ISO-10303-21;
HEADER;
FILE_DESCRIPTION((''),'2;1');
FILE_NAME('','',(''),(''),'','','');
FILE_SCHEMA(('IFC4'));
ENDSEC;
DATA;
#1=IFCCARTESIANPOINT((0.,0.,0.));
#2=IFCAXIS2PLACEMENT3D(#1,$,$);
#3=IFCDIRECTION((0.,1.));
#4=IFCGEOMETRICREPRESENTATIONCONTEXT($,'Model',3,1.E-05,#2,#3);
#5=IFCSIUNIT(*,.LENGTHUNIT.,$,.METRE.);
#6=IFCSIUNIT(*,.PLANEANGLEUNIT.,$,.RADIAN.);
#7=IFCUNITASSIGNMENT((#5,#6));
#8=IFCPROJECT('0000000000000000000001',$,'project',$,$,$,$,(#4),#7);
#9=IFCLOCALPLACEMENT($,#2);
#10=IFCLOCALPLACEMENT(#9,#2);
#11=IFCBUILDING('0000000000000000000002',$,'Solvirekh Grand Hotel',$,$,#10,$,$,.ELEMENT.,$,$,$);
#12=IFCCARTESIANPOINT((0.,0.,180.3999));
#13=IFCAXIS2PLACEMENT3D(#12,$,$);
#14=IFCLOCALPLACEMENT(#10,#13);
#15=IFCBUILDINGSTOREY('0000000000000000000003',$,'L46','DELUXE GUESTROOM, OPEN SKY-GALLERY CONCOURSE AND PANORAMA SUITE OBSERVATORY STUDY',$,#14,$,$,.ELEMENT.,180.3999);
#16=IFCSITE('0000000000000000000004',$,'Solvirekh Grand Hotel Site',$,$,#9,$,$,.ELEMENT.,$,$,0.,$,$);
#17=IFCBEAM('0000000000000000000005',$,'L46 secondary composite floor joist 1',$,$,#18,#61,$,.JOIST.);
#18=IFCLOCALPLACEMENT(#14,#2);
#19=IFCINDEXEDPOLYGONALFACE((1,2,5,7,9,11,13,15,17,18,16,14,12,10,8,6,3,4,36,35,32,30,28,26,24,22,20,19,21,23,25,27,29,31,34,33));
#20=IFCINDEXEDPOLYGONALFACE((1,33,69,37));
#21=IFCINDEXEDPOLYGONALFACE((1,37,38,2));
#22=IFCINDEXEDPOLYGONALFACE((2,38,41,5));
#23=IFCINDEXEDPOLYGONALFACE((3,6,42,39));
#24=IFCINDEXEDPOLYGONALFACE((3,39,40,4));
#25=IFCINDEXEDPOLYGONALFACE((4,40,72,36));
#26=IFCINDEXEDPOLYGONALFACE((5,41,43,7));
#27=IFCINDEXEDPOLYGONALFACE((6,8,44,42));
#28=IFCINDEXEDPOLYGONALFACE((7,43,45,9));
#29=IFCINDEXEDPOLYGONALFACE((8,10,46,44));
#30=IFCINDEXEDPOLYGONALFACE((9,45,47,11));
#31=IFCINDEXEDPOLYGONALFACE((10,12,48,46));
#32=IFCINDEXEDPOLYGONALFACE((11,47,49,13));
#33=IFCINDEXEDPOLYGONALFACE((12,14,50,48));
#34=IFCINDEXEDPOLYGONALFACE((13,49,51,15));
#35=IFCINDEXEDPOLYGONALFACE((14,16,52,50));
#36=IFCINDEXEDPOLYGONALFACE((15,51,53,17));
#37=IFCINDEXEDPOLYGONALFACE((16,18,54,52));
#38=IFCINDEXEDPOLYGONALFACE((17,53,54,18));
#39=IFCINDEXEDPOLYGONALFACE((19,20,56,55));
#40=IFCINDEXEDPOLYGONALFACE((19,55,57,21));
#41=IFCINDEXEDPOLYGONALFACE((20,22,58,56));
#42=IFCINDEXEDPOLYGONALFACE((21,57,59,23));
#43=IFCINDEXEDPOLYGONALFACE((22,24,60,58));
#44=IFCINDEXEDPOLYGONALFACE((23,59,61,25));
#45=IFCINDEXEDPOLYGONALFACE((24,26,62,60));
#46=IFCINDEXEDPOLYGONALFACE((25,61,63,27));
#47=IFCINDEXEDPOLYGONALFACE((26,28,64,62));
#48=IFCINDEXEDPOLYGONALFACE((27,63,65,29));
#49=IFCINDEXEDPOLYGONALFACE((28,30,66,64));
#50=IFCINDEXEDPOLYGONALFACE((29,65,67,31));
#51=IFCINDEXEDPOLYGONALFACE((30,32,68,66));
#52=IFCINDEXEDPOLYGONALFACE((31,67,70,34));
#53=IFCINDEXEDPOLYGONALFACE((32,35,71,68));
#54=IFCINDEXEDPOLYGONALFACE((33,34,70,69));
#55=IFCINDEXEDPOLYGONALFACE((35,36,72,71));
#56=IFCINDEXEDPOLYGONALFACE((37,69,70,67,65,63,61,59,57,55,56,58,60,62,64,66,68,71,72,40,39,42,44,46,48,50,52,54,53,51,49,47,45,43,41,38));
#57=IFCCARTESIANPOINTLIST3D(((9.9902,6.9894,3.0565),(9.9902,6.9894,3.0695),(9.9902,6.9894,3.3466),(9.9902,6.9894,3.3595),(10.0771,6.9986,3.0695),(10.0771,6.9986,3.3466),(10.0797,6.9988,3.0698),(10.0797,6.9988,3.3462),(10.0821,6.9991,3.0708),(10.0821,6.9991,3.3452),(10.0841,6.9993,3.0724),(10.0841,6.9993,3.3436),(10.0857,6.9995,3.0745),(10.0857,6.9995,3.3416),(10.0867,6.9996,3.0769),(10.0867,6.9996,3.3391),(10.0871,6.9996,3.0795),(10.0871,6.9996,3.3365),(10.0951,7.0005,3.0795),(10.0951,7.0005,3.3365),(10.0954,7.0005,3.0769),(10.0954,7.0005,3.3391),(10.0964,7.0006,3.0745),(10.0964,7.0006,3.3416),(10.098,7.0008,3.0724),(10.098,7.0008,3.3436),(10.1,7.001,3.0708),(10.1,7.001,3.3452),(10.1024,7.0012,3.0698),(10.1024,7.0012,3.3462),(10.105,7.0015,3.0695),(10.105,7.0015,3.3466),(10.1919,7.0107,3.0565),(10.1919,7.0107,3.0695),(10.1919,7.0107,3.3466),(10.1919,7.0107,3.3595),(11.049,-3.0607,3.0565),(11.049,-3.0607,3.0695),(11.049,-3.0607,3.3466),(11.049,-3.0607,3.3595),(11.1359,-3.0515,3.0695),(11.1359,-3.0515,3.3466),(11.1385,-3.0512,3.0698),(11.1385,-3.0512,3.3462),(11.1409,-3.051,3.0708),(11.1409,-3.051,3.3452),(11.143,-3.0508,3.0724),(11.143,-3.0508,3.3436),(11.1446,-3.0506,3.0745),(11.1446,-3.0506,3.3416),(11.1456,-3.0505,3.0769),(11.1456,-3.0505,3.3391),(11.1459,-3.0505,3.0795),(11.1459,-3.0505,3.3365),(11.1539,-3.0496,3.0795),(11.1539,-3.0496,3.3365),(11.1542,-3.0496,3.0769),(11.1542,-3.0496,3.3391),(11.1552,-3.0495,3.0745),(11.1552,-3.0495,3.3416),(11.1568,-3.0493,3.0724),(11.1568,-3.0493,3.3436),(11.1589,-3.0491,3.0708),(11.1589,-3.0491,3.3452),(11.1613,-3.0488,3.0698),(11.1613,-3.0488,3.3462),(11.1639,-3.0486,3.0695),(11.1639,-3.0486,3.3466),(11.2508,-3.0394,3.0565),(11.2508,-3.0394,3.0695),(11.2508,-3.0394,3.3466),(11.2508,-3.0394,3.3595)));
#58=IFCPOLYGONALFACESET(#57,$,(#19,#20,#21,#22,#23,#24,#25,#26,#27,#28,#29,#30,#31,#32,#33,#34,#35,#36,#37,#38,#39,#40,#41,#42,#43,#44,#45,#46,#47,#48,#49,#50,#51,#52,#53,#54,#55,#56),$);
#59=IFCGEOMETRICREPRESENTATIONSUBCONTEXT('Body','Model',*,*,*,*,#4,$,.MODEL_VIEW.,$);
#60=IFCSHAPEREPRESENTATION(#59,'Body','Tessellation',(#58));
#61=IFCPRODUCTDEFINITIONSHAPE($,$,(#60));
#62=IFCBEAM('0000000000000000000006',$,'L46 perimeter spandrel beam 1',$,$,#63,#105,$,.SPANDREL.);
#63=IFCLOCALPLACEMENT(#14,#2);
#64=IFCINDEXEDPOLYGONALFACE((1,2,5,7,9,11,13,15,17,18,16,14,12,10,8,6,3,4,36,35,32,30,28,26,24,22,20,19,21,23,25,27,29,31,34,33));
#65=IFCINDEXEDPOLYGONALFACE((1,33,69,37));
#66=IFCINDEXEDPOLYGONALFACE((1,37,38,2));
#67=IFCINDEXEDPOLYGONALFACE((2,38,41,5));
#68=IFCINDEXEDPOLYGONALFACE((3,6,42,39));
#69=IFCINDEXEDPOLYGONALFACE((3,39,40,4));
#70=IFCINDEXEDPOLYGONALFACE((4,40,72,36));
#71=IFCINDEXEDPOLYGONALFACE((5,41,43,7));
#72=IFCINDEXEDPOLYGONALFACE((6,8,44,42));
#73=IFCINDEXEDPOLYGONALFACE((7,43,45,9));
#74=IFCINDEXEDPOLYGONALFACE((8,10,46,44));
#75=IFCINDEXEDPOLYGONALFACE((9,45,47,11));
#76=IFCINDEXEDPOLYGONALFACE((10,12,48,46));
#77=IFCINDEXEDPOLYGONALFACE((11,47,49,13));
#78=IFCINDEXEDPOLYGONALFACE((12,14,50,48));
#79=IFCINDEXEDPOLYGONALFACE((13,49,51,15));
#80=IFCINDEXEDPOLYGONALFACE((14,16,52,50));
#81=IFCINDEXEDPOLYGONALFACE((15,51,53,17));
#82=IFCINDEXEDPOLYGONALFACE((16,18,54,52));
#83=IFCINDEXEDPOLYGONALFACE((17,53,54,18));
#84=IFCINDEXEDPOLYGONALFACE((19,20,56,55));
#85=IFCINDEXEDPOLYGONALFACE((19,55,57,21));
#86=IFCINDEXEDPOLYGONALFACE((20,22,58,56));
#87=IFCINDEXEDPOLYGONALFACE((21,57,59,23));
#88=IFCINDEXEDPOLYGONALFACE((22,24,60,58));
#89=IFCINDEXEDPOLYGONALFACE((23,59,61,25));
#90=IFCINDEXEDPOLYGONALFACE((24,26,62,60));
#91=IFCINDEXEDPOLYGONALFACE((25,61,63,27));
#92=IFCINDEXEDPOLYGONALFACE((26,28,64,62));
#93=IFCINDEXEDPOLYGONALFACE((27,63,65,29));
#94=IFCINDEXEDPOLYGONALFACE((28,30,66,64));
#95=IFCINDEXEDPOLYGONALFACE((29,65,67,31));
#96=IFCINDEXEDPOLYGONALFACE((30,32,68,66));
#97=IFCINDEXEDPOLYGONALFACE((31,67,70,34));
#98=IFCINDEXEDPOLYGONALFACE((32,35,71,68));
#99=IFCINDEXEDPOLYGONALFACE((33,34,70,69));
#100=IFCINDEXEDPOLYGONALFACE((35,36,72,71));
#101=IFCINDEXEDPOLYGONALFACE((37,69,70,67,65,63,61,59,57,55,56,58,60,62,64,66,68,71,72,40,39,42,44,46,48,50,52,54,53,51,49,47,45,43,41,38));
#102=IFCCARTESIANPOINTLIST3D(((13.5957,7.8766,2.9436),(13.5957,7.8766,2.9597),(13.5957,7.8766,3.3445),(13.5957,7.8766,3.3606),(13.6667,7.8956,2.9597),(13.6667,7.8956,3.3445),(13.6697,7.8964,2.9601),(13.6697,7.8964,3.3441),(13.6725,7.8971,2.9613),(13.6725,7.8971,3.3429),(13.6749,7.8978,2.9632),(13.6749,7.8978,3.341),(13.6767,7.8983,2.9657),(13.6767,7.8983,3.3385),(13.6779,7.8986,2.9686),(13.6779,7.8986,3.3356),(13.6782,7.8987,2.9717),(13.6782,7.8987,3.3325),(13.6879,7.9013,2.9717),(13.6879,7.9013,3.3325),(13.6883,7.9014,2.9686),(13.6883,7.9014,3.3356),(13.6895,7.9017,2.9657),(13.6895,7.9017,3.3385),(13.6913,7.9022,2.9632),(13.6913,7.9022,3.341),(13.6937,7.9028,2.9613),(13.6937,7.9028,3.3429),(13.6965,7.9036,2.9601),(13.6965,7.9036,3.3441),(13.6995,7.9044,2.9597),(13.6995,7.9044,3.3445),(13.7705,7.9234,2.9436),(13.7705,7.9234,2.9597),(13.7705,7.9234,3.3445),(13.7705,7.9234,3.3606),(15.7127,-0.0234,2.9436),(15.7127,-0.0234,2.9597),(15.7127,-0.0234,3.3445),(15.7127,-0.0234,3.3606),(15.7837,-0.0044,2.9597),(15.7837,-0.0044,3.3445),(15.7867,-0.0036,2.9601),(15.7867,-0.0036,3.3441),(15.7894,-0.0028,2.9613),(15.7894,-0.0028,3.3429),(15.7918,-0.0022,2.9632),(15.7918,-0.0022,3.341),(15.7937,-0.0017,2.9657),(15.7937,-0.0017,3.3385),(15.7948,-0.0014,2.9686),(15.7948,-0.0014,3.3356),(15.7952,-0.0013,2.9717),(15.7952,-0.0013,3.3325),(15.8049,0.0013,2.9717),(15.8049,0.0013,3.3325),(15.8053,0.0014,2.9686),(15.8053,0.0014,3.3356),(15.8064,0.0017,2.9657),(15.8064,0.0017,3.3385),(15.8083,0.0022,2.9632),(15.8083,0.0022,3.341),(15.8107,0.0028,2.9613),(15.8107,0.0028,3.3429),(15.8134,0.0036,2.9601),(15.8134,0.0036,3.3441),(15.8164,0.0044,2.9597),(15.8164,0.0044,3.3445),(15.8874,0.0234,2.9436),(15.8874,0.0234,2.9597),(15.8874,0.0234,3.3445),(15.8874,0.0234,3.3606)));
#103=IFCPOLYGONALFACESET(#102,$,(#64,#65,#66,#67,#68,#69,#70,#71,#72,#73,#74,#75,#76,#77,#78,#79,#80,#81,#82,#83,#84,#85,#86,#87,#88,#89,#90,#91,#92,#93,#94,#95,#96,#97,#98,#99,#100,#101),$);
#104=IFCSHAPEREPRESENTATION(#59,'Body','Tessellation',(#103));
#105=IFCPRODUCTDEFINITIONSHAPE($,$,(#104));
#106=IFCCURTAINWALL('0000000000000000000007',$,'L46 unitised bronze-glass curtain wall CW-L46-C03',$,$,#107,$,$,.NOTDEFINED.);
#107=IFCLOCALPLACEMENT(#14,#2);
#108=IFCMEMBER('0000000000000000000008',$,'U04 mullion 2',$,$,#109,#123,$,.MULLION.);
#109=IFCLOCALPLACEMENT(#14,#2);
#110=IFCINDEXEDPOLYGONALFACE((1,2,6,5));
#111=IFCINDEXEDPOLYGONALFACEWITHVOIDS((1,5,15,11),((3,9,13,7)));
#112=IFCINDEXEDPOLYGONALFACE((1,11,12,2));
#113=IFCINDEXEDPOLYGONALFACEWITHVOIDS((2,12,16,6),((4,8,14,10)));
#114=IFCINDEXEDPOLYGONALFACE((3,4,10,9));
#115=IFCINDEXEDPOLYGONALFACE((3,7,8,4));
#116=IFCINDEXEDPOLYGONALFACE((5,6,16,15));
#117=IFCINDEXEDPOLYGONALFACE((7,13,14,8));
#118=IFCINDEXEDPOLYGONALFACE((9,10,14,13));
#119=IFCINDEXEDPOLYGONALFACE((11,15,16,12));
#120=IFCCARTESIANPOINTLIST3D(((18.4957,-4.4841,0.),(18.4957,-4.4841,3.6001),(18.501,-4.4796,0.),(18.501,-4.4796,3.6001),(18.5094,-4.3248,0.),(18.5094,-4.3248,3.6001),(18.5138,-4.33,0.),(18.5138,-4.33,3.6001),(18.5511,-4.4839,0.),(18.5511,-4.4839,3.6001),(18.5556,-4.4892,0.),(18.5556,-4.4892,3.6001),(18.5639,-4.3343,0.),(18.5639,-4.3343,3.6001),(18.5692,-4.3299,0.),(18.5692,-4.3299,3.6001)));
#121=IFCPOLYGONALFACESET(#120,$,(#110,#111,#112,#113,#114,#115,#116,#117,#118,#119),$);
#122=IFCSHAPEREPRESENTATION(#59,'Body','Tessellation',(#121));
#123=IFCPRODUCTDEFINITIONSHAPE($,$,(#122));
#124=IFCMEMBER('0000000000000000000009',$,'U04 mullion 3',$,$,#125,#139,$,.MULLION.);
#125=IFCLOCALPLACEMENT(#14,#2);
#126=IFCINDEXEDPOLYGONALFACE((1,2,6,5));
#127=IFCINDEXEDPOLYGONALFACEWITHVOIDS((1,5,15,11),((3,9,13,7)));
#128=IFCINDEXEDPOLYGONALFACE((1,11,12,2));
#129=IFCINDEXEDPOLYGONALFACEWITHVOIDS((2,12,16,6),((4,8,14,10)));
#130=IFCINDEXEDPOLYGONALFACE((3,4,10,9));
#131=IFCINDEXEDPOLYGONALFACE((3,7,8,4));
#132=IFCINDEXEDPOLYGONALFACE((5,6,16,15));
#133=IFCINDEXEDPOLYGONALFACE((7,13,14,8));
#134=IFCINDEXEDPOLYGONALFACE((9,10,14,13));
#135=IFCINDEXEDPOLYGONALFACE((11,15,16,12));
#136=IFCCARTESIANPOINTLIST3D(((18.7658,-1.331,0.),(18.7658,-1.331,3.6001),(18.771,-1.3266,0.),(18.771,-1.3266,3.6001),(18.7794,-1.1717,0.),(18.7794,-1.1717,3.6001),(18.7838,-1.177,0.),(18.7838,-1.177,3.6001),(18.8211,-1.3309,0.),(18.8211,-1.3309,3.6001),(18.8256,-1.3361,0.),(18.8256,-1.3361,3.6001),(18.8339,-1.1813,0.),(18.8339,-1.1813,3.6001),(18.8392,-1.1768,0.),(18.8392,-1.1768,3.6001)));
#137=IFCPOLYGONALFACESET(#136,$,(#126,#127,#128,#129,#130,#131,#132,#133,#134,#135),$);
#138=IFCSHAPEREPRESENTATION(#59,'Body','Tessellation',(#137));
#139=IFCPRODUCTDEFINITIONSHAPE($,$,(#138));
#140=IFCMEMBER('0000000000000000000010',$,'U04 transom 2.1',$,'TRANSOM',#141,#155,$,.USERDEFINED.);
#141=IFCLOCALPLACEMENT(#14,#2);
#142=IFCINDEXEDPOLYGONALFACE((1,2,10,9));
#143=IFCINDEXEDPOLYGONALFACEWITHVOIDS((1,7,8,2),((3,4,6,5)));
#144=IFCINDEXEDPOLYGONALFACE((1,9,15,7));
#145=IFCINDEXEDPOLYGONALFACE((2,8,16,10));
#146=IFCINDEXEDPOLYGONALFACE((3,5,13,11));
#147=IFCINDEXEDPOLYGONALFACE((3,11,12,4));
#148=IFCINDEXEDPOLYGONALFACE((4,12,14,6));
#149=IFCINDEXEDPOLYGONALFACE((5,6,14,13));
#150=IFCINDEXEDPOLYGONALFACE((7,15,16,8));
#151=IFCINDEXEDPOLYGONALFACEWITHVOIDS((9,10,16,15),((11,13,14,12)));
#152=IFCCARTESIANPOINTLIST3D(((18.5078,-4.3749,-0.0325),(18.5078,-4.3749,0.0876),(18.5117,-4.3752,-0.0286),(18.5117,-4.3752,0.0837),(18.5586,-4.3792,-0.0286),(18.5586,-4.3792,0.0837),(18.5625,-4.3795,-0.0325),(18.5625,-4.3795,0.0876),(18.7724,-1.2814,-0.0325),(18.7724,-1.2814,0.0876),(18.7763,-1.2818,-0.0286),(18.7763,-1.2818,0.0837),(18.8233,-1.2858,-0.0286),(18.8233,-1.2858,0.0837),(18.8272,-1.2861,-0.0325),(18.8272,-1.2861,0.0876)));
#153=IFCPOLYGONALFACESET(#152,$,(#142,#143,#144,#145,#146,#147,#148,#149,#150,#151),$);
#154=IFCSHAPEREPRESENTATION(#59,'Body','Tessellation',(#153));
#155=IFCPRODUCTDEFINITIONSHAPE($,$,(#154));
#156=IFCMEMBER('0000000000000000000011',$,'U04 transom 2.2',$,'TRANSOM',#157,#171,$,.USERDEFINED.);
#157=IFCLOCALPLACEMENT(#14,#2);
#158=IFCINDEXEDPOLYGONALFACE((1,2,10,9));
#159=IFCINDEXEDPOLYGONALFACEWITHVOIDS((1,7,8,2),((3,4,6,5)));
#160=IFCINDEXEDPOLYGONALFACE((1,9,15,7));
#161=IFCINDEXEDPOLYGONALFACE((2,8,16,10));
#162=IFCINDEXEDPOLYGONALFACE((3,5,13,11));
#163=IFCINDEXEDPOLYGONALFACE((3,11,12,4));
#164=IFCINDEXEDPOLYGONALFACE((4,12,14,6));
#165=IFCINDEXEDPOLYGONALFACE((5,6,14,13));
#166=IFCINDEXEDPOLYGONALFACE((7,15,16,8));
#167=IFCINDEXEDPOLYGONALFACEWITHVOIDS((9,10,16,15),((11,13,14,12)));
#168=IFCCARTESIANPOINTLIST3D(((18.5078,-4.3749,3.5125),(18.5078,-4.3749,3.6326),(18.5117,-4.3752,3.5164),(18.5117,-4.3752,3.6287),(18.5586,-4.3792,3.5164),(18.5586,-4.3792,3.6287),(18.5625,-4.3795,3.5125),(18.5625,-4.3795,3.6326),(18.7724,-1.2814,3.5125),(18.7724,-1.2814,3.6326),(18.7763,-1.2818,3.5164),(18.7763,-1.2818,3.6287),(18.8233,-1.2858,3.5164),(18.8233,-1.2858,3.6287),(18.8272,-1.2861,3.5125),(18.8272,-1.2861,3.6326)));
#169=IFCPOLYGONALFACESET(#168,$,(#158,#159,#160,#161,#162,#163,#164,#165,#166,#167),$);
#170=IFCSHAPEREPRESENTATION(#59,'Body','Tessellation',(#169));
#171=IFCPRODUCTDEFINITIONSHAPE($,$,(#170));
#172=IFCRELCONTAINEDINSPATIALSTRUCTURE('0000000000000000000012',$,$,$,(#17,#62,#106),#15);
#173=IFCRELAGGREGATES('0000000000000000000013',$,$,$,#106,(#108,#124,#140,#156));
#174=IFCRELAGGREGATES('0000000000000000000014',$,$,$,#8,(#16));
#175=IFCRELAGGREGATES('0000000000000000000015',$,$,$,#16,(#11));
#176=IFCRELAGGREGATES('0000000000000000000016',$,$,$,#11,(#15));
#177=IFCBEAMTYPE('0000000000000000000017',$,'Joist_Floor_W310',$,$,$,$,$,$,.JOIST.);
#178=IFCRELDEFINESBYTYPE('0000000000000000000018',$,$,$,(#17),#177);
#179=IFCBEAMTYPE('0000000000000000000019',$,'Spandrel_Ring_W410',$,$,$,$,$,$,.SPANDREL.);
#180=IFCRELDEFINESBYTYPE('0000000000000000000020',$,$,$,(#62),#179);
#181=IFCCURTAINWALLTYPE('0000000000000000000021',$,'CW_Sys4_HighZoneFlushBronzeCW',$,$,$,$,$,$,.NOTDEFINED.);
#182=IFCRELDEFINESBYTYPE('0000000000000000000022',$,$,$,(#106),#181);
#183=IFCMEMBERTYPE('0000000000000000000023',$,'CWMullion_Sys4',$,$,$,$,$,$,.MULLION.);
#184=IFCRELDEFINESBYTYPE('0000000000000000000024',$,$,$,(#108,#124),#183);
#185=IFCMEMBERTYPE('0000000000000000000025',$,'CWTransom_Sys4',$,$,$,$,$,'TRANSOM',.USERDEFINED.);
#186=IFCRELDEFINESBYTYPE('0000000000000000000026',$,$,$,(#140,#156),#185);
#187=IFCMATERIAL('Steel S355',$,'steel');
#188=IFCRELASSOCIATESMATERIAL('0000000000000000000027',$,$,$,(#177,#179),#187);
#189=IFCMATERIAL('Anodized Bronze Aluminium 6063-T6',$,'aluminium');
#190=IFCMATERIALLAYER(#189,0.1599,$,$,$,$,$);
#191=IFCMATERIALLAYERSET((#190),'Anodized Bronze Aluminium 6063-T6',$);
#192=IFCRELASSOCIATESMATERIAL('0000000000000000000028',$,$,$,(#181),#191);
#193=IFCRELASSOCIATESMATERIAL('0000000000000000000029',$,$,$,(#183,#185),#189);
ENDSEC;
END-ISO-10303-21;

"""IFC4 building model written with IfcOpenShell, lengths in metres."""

from ifc_helpers import new_model, si_unit, direction, frame, origin, origin_2d, place, context, subcontext, project, spatial, hollow_rectangle, i_section, extrude, source, transform, mapped, material, layer, layer_set, material_profile, profile_set, type_object, element, aggregate, save


model = new_model("IFC4")

# Units and contexts
model_context = context("Model", 3, precision=1e-05, world=origin(), true_north=direction((0.0, 1.0)))
body_context = subcontext(model_context, "Body", "Model", "MODEL_VIEW")
ifc_project = project(units=[si_unit("LENGTHUNIT", "METRE"), si_unit("PLANEANGLEUNIT", "RADIAN")], contexts=[model_context])

# Site, building, storey
site_placement = place(None, origin())
site = spatial("IfcSite", under=ifc_project, at=site_placement, Name="Solvirekh Grand Hotel Site", CompositionType="ELEMENT", RefElevation=0.0)
building_placement = place(site_placement, origin())
building = spatial("IfcBuilding", under=site, at=building_placement, Name="Solvirekh Grand Hotel", CompositionType="ELEMENT")
storey_placement = place(building_placement, frame((0.0, 0.0, 180.3999)))
storey = spatial("IfcBuildingStorey", under=building, at=storey_placement, Name="L46", Description="DELUXE GUESTROOM, OPEN SKY-GALLERY CONCOURSE AND PANORAMA SUITE OBSERVATORY STUDY", CompositionType="ELEMENT", Elevation=180.3999)

# Beams
ifc_material_1 = material(Name="Steel S355", Category="steel")
ifc_material_profile_1 = material_profile(ifc_material_1, i_section(OverallWidth=0.2029, OverallDepth=0.303, WebThickness=0.0081, FlangeThickness=0.0129, FilletRadius=0.01, at=origin_2d()), Name="W310X60")
ifc_profile_set_1 = profile_set([ifc_material_profile_1], Name="Steel S355")
beam_type_1 = type_object("IfcBeamType", Name="Joist_Floor_W310", PredefinedType="JOIST", material=ifc_profile_set_1)
beam_1_placement = place(storey_placement, frame((11.1499, -3.05, 3.208), z_axis=(-0.104777, 0.994496, 0.0), x_axis=(-0.994496, -0.104777, 0.0)))
element("IfcBeam", 1, at=beam_1_placement, inside=storey, type_object=beam_type_1, Name="L46 secondary composite floor joist 1", PredefinedType="JOIST", context=body_context, shape_type="SweptSolid", body=[
    extrude(i_section(OverallWidth=0.2029, OverallDepth=0.303, WebThickness=0.0081, FlangeThickness=0.0129, FilletRadius=0.01, at=origin_2d()), origin(), (0.0, 0.0, 1.0), 10.1057),
])
ifc_material_profile_2 = material_profile(ifc_material_1, i_section(OverallWidth=0.1809, OverallDepth=0.417, WebThickness=0.01, FlangeThickness=0.0161, FilletRadius=0.012, at=origin_2d()), Name="W410X85")
ifc_profile_set_2 = profile_set([ifc_material_profile_2], Name="Steel S355")
beam_type_2 = type_object("IfcBeamType", Name="Spandrel_Ring_W410", PredefinedType="SPANDREL", material=ifc_profile_set_2)
beam_2_placement = place(storey_placement, frame((15.8, 0.0, 3.1521), z_axis=(-0.258839, 0.965921, 0.0), x_axis=(-0.965921, -0.258839, 0.0)))
element("IfcBeam", 2, at=beam_2_placement, inside=storey, type_object=beam_type_2, Name="L46 perimeter spandrel beam 1", PredefinedType="SPANDREL", context=body_context, shape_type="SweptSolid", body=[
    extrude(i_section(OverallWidth=0.1809, OverallDepth=0.417, WebThickness=0.01, FlangeThickness=0.0161, FilletRadius=0.012, at=origin_2d()), origin(), (0.0, 0.0, 1.0), 8.1787),
])

# Curtain wall, members
ifc_material_2 = material(Name="Anodized Bronze Aluminium 6063-T6", Category="aluminium")
ifc_layer_1 = layer(ifc_material_2, 0.1599)
ifc_layer_set_1 = layer_set([ifc_layer_1], Name="Anodized Bronze Aluminium 6063-T6")
curtain_wall_type = type_object("IfcCurtainWallType", Name="CW_Sys4_HighZoneFlushBronzeCW", PredefinedType="NOTDEFINED", material=ifc_layer_set_1)
curtain_wall_placement = place(storey_placement, origin())
curtain_wall = element("IfcCurtainWall", 3, at=curtain_wall_placement, inside=storey, type_object=curtain_wall_type, Name="L46 unitised bronze-glass curtain wall CW-L46-C03", PredefinedType="NOTDEFINED")
ifc_material_profile_3 = material_profile(ifc_material_2, hollow_rectangle(XDim=0.0601, YDim=0.1599, WallThickness=0.0049, at=origin_2d()), Name="ALU RHS 160X60X5")
ifc_profile_set_3 = profile_set([ifc_material_profile_3], Name="Anodized Bronze Aluminium 6063-T6")
member_type_1 = type_object("IfcMemberType", Name="CWMullion_Sys4", PredefinedType="MULLION", material=ifc_profile_set_3)
shared_shape_1 = source(origin(), body_context, "Body", "SweptSolid", [
    extrude(hollow_rectangle(XDim=0.0601, YDim=0.1599, WallThickness=0.0049, at=origin_2d()), origin(), (0.0, 0.0, 1.0), 3.6001),
])
member_1_placement = place(storey_placement, frame((18.5325, -4.407, 0.0), z_axis=(0.0, 0.0, 1.0), x_axis=(-0.996355, 0.085299, 0.0)))
member_1 = element("IfcMember", 4, at=member_1_placement, type_object=member_type_1, Name="U04 mullion 2", PredefinedType="MULLION", context=body_context, shape_type="MappedRepresentation", body=[
    mapped(shared_shape_1, transform((0.0, 0.0, 0.0), x_axis=(1.0, 0.0, 0.0), y_axis=(0.0, 1.0, 0.0), z_axis=(0.0, 0.0, 1.0), scale=1.0)),
])
member_2_placement = place(storey_placement, frame((18.8025, -1.2539, 0.0), z_axis=(0.0, 0.0, 1.0), x_axis=(-0.996355, 0.085299, 0.0)))
member_2 = element("IfcMember", 5, at=member_2_placement, type_object=member_type_1, Name="U04 mullion 3", PredefinedType="MULLION", context=body_context, shape_type="MappedRepresentation", body=[
    mapped(shared_shape_1, transform((0.0, 0.0, 0.0), x_axis=(1.0, 0.0, 0.0), y_axis=(0.0, 1.0, 0.0), z_axis=(0.0, 0.0, 1.0), scale=1.0)),
])
ifc_material_profile_4 = material_profile(ifc_material_2, hollow_rectangle(XDim=0.0549, YDim=0.1201, WallThickness=0.0039, at=origin_2d()), Name="ALU RHS 120X55X4")
ifc_profile_set_4 = profile_set([ifc_material_profile_4], Name="Anodized Bronze Aluminium 6063-T6")
member_type_2 = type_object("IfcMemberType", Name="CWTransom_Sys4", ElementType="TRANSOM", PredefinedType="USERDEFINED", material=ifc_profile_set_4)
shared_shape_2 = source(origin(), body_context, "Body", "SweptSolid", [
    extrude(hollow_rectangle(XDim=0.0549, YDim=0.1201, WallThickness=0.0039, at=origin_2d()), origin(), (0.0, 0.0, 1.0), 3.1047),
])
member_3_placement = place(storey_placement, frame((18.5352, -4.3772, 0.0276), z_axis=(0.085238, 0.996361, 0.0), x_axis=(-0.996361, 0.085238, 0.0)))
member_3 = element("IfcMember", 6, at=member_3_placement, type_object=member_type_2, Name="U04 transom 2.1", ObjectType="TRANSOM", PredefinedType="USERDEFINED", context=body_context, shape_type="MappedRepresentation", body=[
    mapped(shared_shape_2, transform((0.0, 0.0, 0.0), x_axis=(1.0, 0.0, 0.0), y_axis=(0.0, 1.0, 0.0), z_axis=(0.0, 0.0, 1.0), scale=1.0)),
])
member_4_placement = place(storey_placement, frame((18.5352, -4.3772, 3.5725), z_axis=(0.085238, 0.996361, 0.0), x_axis=(-0.996361, 0.085238, 0.0)))
member_4 = element("IfcMember", 7, at=member_4_placement, type_object=member_type_2, Name="U04 transom 2.2", ObjectType="TRANSOM", PredefinedType="USERDEFINED", context=body_context, shape_type="MappedRepresentation", body=[
    mapped(shared_shape_2, transform((0.0, 0.0, 0.0), x_axis=(1.0, 0.0, 0.0), y_axis=(0.0, 1.0, 0.0), z_axis=(0.0, 0.0, 1.0), scale=1.0)),
])
aggregate(curtain_wall, [member_1, member_2, member_3, member_4])

save(model, "model.ifc")
